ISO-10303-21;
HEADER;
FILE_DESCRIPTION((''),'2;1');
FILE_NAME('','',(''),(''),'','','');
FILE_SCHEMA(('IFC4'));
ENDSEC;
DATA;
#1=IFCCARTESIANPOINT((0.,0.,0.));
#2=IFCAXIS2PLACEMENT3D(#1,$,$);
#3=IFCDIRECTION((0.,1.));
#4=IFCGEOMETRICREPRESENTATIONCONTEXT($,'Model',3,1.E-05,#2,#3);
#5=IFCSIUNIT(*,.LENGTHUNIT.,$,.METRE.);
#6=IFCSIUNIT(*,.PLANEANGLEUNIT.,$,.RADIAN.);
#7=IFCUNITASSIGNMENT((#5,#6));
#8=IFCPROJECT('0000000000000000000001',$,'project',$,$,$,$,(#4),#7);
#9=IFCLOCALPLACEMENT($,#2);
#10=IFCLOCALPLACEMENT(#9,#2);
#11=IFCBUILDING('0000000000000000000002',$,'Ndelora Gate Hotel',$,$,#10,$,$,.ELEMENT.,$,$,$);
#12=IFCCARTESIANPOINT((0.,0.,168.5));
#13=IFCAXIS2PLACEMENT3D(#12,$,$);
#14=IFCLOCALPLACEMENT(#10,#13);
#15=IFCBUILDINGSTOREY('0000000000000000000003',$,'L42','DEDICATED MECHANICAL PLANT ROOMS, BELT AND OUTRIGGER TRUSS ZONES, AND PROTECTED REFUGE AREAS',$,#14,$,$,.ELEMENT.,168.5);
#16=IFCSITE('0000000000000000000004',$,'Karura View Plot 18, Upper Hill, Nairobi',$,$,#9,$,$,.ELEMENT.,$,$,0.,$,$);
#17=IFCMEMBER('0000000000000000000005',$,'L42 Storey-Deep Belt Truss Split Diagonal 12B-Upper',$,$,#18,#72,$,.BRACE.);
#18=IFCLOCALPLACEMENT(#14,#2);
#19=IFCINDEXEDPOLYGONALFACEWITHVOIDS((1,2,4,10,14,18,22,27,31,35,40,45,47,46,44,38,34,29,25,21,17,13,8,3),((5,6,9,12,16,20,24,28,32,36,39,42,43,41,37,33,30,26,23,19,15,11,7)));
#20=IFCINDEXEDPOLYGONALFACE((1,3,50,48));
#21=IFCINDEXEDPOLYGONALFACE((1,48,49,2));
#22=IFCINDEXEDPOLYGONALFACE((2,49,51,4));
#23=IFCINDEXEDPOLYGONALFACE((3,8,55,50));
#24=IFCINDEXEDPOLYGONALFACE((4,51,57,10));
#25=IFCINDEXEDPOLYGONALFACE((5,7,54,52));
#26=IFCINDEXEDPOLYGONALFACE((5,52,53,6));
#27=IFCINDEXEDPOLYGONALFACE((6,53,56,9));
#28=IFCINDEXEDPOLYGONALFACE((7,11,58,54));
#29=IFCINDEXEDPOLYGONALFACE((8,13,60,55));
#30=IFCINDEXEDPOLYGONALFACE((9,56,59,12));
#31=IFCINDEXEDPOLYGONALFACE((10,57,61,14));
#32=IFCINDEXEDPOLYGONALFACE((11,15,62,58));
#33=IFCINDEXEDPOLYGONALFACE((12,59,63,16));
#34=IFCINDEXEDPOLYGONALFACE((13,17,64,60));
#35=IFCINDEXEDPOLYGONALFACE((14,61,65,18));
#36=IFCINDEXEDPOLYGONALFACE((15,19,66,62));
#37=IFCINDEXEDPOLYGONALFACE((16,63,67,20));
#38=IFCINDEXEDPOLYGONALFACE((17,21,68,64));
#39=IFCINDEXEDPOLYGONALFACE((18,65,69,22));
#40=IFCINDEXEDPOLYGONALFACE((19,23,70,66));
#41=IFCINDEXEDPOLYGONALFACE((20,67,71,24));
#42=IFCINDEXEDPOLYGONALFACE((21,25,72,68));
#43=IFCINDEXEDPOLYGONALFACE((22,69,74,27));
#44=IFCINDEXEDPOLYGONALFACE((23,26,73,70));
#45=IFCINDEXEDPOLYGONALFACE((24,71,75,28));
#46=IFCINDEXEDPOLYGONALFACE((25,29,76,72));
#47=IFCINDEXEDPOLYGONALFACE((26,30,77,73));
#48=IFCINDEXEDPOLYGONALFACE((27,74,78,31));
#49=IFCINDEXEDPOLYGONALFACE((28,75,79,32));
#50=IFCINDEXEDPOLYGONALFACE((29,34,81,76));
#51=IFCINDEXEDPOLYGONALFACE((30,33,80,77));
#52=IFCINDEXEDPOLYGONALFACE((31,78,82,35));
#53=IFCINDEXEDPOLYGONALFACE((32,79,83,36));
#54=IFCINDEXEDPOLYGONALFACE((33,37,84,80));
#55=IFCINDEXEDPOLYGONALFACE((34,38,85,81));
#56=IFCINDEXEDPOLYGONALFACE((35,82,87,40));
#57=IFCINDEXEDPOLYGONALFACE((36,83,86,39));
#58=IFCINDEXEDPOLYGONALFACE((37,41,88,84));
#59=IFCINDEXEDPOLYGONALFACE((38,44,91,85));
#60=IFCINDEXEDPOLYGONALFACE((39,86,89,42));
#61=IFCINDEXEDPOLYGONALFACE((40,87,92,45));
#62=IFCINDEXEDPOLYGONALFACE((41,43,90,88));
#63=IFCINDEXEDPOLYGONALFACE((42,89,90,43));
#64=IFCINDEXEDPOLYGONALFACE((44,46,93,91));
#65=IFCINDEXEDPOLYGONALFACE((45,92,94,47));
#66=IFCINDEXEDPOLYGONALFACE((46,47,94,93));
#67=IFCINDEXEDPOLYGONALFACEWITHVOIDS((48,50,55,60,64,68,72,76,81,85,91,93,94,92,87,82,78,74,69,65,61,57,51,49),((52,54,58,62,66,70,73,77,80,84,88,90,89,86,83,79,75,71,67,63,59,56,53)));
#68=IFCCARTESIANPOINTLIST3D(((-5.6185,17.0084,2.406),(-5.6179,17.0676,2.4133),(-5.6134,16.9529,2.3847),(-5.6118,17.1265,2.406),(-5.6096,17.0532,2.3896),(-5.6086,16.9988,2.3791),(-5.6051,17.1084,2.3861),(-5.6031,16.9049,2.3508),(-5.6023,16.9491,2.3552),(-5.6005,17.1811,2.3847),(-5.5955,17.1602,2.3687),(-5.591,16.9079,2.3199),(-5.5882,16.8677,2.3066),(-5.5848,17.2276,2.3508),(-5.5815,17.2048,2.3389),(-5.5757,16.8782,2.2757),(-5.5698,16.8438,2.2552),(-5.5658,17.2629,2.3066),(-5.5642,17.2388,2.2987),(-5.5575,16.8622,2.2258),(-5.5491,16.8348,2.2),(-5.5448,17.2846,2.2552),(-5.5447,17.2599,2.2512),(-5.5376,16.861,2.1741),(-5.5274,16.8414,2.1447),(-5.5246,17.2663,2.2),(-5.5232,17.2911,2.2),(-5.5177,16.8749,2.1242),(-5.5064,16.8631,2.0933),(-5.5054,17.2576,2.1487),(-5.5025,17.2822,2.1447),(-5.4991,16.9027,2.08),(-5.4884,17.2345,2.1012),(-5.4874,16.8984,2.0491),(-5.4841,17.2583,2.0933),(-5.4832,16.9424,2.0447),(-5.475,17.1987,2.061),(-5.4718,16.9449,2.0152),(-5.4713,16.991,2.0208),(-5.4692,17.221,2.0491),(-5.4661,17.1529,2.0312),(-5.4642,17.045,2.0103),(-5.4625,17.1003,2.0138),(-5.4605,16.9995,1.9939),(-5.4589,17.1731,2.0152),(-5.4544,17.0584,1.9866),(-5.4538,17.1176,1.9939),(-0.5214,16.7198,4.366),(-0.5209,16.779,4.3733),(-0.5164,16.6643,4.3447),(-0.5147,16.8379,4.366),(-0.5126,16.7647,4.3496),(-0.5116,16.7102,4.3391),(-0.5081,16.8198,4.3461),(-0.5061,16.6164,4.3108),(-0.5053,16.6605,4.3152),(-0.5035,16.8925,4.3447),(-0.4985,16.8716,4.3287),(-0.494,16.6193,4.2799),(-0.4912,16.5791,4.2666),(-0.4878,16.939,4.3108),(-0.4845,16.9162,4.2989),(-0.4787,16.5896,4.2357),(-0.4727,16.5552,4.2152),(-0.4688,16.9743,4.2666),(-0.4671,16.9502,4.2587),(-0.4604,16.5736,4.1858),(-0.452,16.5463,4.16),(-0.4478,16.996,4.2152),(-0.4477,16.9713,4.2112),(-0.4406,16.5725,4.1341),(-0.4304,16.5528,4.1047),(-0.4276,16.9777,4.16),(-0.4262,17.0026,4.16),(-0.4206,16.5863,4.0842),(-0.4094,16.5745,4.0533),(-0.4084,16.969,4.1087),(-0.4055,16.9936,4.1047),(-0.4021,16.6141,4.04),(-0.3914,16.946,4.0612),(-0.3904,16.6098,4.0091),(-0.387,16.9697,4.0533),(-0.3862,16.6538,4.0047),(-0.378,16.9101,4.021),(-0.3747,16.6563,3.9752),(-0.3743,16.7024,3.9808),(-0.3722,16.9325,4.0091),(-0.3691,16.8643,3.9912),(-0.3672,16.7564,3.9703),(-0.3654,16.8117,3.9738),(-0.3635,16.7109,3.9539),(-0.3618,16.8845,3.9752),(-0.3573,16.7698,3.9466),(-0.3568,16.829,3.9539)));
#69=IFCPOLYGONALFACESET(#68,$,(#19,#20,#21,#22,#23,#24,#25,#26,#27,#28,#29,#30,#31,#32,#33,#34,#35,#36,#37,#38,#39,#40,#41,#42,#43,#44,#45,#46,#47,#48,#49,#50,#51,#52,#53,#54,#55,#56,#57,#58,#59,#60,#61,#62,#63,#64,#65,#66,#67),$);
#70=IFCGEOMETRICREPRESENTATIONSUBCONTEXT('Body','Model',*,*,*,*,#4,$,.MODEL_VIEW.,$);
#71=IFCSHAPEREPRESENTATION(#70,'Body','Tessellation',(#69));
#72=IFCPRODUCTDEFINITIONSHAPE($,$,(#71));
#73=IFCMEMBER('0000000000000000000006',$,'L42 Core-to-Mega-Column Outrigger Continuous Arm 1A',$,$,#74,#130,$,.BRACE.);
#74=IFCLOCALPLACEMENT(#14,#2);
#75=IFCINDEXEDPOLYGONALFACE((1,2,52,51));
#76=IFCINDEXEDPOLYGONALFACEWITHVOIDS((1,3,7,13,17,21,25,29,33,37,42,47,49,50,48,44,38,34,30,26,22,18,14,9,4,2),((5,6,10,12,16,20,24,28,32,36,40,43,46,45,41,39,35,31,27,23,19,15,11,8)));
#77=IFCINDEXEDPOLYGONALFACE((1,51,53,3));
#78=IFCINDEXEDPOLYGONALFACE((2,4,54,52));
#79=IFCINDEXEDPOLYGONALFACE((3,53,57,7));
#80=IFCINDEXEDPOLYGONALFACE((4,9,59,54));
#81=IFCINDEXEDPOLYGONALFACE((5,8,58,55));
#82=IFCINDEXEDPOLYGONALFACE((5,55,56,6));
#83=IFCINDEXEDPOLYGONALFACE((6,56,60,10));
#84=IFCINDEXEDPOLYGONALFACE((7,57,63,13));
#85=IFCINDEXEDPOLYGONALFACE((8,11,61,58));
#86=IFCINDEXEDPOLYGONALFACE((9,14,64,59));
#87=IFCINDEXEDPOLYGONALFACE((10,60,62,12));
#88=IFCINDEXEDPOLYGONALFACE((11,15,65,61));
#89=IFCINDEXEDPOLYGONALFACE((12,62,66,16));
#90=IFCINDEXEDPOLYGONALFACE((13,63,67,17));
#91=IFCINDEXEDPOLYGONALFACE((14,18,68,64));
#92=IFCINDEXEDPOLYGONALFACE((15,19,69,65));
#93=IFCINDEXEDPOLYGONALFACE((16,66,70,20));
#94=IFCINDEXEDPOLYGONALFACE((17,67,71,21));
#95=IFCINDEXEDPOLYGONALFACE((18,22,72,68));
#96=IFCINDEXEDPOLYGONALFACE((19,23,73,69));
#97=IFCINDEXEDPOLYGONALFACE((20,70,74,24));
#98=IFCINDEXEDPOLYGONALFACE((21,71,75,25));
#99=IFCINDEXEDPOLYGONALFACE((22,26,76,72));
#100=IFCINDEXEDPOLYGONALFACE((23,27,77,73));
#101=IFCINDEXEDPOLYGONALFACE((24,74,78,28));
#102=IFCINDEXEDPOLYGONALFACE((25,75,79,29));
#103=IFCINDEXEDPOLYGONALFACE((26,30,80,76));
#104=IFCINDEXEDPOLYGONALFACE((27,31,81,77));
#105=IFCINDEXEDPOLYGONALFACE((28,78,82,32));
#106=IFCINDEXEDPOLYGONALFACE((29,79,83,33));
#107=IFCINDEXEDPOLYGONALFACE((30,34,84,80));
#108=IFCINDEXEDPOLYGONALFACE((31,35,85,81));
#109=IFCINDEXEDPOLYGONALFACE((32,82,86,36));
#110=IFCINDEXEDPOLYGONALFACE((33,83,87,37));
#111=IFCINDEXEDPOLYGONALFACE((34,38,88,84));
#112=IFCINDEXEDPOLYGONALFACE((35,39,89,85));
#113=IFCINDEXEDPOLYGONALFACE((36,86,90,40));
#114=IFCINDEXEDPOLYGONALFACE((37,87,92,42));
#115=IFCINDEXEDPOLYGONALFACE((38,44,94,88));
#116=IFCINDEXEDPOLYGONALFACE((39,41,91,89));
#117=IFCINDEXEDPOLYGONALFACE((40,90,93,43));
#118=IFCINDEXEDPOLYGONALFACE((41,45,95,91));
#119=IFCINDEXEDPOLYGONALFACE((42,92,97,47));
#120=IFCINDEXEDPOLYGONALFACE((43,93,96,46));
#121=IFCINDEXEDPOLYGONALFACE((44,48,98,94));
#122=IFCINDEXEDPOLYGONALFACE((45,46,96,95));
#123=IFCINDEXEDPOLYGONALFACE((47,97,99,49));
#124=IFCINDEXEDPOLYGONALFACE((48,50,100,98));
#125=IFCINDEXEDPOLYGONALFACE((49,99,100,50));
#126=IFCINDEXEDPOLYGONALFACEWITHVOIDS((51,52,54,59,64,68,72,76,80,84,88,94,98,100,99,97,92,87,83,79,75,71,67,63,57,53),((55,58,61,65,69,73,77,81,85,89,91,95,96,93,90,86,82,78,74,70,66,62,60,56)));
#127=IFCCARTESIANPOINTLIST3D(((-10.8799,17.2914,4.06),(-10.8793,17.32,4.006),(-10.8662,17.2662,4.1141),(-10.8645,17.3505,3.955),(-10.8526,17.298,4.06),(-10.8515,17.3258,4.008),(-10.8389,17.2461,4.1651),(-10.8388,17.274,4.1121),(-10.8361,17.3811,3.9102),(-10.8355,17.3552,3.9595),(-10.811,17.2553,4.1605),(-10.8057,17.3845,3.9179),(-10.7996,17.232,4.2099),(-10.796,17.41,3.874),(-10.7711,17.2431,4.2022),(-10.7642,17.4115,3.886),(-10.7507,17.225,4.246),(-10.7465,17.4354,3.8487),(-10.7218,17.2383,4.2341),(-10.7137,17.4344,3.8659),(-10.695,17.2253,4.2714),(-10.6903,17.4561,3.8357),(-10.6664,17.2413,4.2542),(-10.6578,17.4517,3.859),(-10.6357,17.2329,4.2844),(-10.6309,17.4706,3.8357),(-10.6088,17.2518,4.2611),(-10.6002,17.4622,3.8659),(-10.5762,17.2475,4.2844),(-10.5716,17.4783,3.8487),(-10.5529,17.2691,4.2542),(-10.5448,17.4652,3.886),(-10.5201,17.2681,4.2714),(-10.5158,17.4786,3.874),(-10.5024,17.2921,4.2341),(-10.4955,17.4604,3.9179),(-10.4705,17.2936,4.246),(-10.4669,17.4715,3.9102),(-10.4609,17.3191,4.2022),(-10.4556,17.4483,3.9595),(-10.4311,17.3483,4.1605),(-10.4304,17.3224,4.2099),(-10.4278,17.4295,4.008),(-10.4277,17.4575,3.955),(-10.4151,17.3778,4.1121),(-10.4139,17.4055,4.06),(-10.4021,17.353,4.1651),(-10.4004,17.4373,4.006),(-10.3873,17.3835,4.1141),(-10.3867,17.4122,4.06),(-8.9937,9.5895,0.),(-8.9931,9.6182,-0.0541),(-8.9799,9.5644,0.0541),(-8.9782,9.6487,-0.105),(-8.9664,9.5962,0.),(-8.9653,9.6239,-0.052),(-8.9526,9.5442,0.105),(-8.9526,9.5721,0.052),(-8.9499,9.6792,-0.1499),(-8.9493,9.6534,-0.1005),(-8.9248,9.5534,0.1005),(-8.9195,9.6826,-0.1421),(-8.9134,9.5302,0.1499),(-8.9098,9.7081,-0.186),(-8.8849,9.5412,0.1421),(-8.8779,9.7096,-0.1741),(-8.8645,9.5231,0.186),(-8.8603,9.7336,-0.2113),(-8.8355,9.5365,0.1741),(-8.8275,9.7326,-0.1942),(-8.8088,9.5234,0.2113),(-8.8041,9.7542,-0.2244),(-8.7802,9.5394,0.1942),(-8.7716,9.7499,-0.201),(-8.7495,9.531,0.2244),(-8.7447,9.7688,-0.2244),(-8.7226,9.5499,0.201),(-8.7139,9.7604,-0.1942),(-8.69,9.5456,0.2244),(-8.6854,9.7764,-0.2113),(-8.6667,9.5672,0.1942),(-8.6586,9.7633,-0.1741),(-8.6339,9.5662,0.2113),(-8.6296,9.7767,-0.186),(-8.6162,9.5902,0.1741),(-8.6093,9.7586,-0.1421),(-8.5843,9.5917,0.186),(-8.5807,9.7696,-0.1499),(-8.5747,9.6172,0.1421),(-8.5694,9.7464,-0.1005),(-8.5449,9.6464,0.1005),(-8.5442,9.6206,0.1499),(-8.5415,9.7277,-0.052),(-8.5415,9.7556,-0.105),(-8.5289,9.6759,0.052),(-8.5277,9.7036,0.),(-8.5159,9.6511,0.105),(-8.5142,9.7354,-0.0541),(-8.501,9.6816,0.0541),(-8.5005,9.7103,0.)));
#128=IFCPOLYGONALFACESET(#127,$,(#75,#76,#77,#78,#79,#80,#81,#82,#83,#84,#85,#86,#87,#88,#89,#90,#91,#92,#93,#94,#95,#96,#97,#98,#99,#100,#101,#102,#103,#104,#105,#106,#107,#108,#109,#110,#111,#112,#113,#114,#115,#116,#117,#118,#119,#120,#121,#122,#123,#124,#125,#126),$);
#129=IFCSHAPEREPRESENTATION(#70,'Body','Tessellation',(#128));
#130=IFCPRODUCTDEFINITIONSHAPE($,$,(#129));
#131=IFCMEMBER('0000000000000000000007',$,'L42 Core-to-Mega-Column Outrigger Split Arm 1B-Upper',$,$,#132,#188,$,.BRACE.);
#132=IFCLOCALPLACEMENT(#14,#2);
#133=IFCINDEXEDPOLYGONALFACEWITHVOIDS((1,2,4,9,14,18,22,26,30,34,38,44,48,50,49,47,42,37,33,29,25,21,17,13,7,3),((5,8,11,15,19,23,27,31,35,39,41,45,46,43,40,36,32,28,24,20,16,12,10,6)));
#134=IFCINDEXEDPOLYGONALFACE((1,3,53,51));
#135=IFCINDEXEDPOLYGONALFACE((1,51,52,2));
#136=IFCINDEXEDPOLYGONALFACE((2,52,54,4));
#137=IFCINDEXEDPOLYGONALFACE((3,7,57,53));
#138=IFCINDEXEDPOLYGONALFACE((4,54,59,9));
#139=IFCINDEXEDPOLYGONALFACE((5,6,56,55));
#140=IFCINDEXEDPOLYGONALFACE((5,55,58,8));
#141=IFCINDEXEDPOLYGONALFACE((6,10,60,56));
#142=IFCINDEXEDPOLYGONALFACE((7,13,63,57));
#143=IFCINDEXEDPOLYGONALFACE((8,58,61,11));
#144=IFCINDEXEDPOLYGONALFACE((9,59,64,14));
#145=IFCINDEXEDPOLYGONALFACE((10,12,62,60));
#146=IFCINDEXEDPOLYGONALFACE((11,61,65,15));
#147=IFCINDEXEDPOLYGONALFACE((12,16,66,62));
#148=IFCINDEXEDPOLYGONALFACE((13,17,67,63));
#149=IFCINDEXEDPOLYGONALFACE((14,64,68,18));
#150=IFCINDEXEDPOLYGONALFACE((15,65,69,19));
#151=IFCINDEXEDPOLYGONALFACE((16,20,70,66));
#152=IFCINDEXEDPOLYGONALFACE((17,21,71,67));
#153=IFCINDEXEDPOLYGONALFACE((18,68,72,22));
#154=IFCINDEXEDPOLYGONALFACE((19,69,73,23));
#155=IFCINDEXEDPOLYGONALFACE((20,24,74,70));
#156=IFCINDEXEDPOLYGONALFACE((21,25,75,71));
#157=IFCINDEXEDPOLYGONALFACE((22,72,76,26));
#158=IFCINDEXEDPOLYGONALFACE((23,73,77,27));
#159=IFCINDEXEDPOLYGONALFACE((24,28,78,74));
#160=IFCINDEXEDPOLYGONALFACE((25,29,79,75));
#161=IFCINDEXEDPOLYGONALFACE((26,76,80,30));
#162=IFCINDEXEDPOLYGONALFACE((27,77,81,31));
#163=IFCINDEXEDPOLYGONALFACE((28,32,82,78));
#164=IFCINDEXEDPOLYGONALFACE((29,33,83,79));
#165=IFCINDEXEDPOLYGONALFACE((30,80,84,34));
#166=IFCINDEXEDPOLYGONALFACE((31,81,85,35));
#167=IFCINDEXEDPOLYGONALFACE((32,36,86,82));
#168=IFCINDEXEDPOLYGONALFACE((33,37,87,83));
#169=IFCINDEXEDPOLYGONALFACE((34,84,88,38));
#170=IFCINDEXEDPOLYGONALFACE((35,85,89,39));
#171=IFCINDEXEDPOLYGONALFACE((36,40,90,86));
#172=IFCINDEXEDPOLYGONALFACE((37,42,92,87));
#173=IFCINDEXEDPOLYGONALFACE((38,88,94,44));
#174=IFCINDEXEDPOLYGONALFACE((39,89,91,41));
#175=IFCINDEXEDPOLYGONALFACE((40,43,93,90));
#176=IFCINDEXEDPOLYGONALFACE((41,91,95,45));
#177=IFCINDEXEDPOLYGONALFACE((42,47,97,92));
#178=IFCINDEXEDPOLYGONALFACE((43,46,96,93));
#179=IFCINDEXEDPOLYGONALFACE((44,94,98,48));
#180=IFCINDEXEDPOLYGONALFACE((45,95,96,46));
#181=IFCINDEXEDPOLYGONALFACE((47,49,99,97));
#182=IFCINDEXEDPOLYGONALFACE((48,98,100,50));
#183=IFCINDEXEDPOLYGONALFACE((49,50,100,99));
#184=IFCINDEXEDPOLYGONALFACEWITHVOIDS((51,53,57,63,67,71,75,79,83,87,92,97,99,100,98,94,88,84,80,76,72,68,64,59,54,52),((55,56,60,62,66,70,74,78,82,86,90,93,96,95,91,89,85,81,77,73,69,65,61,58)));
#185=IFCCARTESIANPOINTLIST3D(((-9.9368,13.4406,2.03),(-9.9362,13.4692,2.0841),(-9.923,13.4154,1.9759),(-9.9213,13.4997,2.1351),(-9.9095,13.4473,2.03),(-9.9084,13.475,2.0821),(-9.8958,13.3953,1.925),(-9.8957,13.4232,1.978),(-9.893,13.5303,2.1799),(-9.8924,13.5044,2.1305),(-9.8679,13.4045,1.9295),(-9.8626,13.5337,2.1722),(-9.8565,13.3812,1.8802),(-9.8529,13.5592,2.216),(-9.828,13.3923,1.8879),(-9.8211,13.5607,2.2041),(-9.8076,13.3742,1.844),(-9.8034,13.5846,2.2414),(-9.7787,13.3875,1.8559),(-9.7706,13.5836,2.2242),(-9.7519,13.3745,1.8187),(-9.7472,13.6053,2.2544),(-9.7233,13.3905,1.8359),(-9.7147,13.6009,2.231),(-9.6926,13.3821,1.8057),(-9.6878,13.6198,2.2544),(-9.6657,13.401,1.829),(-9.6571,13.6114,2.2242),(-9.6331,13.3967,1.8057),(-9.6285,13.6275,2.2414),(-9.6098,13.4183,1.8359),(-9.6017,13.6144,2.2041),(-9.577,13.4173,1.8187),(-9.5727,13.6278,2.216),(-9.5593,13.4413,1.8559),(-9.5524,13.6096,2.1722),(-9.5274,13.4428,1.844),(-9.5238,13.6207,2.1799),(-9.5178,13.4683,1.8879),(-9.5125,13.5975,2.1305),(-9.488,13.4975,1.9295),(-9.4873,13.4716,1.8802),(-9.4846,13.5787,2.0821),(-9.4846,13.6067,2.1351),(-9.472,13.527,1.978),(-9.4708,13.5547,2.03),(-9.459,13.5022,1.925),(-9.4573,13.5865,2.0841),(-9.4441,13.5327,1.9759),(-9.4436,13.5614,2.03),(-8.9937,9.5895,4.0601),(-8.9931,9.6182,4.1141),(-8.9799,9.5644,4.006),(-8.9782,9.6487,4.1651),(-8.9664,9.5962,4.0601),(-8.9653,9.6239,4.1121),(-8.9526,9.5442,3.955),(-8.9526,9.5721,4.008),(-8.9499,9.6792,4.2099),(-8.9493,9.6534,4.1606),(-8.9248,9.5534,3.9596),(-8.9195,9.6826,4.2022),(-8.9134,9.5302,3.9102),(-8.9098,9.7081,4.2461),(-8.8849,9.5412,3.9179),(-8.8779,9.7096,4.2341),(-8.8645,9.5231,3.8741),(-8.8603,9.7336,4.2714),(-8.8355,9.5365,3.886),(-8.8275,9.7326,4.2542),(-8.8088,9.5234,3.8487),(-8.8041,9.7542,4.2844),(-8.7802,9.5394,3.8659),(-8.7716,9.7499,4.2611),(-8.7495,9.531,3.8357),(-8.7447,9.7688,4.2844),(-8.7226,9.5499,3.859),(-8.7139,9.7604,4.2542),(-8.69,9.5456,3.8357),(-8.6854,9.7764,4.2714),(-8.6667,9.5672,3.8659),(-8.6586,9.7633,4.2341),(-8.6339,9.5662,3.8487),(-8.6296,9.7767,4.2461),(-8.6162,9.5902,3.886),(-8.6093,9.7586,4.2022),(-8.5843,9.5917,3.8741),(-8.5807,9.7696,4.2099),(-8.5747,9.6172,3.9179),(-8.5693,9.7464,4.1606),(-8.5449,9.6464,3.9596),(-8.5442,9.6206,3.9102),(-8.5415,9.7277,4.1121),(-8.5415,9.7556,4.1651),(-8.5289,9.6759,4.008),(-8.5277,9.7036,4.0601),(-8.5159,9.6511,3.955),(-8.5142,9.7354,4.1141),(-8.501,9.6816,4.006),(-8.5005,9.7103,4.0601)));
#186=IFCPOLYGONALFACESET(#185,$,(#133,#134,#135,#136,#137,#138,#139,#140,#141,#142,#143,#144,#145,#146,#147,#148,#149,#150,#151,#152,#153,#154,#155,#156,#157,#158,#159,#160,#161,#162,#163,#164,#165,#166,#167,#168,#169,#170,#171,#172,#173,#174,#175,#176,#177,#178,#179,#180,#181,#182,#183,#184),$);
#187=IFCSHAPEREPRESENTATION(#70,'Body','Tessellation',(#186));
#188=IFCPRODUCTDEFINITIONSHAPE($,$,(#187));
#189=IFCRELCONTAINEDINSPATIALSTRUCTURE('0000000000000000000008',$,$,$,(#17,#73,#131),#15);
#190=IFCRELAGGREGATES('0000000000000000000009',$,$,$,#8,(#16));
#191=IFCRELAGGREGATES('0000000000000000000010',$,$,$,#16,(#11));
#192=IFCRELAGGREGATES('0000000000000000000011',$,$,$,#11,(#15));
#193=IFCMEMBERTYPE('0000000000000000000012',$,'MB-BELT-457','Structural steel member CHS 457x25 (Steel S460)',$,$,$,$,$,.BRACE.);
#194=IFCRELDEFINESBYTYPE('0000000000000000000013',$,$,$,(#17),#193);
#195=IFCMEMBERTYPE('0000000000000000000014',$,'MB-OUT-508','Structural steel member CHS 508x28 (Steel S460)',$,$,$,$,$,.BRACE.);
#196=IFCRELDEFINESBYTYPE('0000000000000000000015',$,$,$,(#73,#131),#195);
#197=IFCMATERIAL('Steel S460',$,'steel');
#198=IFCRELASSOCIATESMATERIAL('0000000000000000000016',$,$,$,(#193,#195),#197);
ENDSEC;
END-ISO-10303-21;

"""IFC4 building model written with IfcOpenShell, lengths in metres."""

from ifc_helpers import new_model, si_unit, direction, frame, origin, origin_2d, place, context, subcontext, project, spatial, hollow_circle, extrude, material, material_profile, profile_set, type_object, element, save


model = new_model("IFC4")

# Units and contexts
model_context = context("Model", 3, precision=1e-05, world=origin(), true_north=direction((0.0, 1.0)))
body_context = subcontext(model_context, "Body", "Model", "MODEL_VIEW")
ifc_project = project(units=[si_unit("LENGTHUNIT", "METRE"), si_unit("PLANEANGLEUNIT", "RADIAN")], contexts=[model_context])

# Site, building, storey
site_placement = place(None, origin())
site = spatial("IfcSite", under=ifc_project, at=site_placement, Name="Karura View Plot 18, Upper Hill, Nairobi", CompositionType="ELEMENT", RefElevation=0.0)
building_placement = place(site_placement, origin())
building = spatial("IfcBuilding", under=site, at=building_placement, Name="Ndelora Gate Hotel", CompositionType="ELEMENT")
storey_placement = place(building_placement, frame((0.0, 0.0, 168.5)))
storey = spatial("IfcBuildingStorey", under=building, at=storey_placement, Name="L42", Description="DEDICATED MECHANICAL PLANT ROOMS, BELT AND OUTRIGGER TRUSS ZONES, AND PROTECTED REFUGE AREAS", CompositionType="ELEMENT", Elevation=168.5)

# Shared definitions
ifc_material_1 = material(Name="Steel S460", Category="steel")

# Members
ifc_material_profile_1 = material_profile(ifc_material_1, hollow_circle(Radius=0.2285, WallThickness=0.0249, at=origin_2d()), Name="CHS 457x25")
ifc_profile_set_1 = profile_set([ifc_material_profile_1], Name="Steel S460")
member_type_1 = type_object("IfcMemberType", Name="MB-BELT-457", Description="Structural steel member CHS 457x25 (Steel S460)", PredefinedType="BRACE", material=ifc_profile_set_1)
member_1_placement = place(storey_placement, frame((-5.5361, 17.063, 2.2), z_axis=(0.932069, -0.052771, 0.358416), x_axis=(0.056527, 0.998401, 0.0)))
element("IfcMember", 1, at=member_1_placement, inside=storey, type_object=member_type_1, Name="L42 Storey-Deep Belt Truss Split Diagonal 12B-Upper", PredefinedType="BRACE", context=body_context, shape_type="SweptSolid", body=[
    extrude(hollow_circle(Radius=0.2285, WallThickness=0.0249, at=origin_2d()), origin(), (0.0, 0.0, 1.0), 5.4685),
])
ifc_material_profile_2 = material_profile(ifc_material_1, hollow_circle(Radius=0.2539, WallThickness=0.0281, at=origin_2d()), Name="CHS 508x28")
ifc_profile_set_2 = profile_set([ifc_material_profile_2], Name="Steel S460")
member_type_2 = type_object("IfcMemberType", Name="MB-OUT-508", Description="Structural steel member CHS 508x28 (Steel S460)", PredefinedType="BRACE", material=ifc_profile_set_2)
member_2_placement = place(storey_placement, frame((-8.7471, 9.6499, 0.0), z_axis=(-0.211734, 0.864557, 0.455751), x_axis=(-0.971296, -0.237875, 0.0)))
element("IfcMember", 2, at=member_2_placement, inside=storey, type_object=member_type_2, Name="L42 Core-to-Mega-Column Outrigger Continuous Arm 1A", PredefinedType="BRACE", context=body_context, shape_type="SweptSolid", body=[
    extrude(hollow_circle(Radius=0.2539, WallThickness=0.0281, at=origin_2d()), origin(), (0.0, 0.0, 1.0), 8.9084),
])
member_3_placement = place(storey_placement, frame((-8.7471, 9.6499, 4.0601), z_axis=(-0.211729, 0.864564, -0.455741), x_axis=(-0.971298, -0.237868, 0.0)))
element("IfcMember", 3, at=member_3_placement, inside=storey, type_object=member_type_2, Name="L42 Core-to-Mega-Column Outrigger Split Arm 1B-Upper", PredefinedType="BRACE", context=body_context, shape_type="SweptSolid", body=[
    extrude(hollow_circle(Radius=0.2539, WallThickness=0.0281, at=origin_2d()), origin(), (0.0, 0.0, 1.0), 4.4543),
])

save(model, "model.ifc")
